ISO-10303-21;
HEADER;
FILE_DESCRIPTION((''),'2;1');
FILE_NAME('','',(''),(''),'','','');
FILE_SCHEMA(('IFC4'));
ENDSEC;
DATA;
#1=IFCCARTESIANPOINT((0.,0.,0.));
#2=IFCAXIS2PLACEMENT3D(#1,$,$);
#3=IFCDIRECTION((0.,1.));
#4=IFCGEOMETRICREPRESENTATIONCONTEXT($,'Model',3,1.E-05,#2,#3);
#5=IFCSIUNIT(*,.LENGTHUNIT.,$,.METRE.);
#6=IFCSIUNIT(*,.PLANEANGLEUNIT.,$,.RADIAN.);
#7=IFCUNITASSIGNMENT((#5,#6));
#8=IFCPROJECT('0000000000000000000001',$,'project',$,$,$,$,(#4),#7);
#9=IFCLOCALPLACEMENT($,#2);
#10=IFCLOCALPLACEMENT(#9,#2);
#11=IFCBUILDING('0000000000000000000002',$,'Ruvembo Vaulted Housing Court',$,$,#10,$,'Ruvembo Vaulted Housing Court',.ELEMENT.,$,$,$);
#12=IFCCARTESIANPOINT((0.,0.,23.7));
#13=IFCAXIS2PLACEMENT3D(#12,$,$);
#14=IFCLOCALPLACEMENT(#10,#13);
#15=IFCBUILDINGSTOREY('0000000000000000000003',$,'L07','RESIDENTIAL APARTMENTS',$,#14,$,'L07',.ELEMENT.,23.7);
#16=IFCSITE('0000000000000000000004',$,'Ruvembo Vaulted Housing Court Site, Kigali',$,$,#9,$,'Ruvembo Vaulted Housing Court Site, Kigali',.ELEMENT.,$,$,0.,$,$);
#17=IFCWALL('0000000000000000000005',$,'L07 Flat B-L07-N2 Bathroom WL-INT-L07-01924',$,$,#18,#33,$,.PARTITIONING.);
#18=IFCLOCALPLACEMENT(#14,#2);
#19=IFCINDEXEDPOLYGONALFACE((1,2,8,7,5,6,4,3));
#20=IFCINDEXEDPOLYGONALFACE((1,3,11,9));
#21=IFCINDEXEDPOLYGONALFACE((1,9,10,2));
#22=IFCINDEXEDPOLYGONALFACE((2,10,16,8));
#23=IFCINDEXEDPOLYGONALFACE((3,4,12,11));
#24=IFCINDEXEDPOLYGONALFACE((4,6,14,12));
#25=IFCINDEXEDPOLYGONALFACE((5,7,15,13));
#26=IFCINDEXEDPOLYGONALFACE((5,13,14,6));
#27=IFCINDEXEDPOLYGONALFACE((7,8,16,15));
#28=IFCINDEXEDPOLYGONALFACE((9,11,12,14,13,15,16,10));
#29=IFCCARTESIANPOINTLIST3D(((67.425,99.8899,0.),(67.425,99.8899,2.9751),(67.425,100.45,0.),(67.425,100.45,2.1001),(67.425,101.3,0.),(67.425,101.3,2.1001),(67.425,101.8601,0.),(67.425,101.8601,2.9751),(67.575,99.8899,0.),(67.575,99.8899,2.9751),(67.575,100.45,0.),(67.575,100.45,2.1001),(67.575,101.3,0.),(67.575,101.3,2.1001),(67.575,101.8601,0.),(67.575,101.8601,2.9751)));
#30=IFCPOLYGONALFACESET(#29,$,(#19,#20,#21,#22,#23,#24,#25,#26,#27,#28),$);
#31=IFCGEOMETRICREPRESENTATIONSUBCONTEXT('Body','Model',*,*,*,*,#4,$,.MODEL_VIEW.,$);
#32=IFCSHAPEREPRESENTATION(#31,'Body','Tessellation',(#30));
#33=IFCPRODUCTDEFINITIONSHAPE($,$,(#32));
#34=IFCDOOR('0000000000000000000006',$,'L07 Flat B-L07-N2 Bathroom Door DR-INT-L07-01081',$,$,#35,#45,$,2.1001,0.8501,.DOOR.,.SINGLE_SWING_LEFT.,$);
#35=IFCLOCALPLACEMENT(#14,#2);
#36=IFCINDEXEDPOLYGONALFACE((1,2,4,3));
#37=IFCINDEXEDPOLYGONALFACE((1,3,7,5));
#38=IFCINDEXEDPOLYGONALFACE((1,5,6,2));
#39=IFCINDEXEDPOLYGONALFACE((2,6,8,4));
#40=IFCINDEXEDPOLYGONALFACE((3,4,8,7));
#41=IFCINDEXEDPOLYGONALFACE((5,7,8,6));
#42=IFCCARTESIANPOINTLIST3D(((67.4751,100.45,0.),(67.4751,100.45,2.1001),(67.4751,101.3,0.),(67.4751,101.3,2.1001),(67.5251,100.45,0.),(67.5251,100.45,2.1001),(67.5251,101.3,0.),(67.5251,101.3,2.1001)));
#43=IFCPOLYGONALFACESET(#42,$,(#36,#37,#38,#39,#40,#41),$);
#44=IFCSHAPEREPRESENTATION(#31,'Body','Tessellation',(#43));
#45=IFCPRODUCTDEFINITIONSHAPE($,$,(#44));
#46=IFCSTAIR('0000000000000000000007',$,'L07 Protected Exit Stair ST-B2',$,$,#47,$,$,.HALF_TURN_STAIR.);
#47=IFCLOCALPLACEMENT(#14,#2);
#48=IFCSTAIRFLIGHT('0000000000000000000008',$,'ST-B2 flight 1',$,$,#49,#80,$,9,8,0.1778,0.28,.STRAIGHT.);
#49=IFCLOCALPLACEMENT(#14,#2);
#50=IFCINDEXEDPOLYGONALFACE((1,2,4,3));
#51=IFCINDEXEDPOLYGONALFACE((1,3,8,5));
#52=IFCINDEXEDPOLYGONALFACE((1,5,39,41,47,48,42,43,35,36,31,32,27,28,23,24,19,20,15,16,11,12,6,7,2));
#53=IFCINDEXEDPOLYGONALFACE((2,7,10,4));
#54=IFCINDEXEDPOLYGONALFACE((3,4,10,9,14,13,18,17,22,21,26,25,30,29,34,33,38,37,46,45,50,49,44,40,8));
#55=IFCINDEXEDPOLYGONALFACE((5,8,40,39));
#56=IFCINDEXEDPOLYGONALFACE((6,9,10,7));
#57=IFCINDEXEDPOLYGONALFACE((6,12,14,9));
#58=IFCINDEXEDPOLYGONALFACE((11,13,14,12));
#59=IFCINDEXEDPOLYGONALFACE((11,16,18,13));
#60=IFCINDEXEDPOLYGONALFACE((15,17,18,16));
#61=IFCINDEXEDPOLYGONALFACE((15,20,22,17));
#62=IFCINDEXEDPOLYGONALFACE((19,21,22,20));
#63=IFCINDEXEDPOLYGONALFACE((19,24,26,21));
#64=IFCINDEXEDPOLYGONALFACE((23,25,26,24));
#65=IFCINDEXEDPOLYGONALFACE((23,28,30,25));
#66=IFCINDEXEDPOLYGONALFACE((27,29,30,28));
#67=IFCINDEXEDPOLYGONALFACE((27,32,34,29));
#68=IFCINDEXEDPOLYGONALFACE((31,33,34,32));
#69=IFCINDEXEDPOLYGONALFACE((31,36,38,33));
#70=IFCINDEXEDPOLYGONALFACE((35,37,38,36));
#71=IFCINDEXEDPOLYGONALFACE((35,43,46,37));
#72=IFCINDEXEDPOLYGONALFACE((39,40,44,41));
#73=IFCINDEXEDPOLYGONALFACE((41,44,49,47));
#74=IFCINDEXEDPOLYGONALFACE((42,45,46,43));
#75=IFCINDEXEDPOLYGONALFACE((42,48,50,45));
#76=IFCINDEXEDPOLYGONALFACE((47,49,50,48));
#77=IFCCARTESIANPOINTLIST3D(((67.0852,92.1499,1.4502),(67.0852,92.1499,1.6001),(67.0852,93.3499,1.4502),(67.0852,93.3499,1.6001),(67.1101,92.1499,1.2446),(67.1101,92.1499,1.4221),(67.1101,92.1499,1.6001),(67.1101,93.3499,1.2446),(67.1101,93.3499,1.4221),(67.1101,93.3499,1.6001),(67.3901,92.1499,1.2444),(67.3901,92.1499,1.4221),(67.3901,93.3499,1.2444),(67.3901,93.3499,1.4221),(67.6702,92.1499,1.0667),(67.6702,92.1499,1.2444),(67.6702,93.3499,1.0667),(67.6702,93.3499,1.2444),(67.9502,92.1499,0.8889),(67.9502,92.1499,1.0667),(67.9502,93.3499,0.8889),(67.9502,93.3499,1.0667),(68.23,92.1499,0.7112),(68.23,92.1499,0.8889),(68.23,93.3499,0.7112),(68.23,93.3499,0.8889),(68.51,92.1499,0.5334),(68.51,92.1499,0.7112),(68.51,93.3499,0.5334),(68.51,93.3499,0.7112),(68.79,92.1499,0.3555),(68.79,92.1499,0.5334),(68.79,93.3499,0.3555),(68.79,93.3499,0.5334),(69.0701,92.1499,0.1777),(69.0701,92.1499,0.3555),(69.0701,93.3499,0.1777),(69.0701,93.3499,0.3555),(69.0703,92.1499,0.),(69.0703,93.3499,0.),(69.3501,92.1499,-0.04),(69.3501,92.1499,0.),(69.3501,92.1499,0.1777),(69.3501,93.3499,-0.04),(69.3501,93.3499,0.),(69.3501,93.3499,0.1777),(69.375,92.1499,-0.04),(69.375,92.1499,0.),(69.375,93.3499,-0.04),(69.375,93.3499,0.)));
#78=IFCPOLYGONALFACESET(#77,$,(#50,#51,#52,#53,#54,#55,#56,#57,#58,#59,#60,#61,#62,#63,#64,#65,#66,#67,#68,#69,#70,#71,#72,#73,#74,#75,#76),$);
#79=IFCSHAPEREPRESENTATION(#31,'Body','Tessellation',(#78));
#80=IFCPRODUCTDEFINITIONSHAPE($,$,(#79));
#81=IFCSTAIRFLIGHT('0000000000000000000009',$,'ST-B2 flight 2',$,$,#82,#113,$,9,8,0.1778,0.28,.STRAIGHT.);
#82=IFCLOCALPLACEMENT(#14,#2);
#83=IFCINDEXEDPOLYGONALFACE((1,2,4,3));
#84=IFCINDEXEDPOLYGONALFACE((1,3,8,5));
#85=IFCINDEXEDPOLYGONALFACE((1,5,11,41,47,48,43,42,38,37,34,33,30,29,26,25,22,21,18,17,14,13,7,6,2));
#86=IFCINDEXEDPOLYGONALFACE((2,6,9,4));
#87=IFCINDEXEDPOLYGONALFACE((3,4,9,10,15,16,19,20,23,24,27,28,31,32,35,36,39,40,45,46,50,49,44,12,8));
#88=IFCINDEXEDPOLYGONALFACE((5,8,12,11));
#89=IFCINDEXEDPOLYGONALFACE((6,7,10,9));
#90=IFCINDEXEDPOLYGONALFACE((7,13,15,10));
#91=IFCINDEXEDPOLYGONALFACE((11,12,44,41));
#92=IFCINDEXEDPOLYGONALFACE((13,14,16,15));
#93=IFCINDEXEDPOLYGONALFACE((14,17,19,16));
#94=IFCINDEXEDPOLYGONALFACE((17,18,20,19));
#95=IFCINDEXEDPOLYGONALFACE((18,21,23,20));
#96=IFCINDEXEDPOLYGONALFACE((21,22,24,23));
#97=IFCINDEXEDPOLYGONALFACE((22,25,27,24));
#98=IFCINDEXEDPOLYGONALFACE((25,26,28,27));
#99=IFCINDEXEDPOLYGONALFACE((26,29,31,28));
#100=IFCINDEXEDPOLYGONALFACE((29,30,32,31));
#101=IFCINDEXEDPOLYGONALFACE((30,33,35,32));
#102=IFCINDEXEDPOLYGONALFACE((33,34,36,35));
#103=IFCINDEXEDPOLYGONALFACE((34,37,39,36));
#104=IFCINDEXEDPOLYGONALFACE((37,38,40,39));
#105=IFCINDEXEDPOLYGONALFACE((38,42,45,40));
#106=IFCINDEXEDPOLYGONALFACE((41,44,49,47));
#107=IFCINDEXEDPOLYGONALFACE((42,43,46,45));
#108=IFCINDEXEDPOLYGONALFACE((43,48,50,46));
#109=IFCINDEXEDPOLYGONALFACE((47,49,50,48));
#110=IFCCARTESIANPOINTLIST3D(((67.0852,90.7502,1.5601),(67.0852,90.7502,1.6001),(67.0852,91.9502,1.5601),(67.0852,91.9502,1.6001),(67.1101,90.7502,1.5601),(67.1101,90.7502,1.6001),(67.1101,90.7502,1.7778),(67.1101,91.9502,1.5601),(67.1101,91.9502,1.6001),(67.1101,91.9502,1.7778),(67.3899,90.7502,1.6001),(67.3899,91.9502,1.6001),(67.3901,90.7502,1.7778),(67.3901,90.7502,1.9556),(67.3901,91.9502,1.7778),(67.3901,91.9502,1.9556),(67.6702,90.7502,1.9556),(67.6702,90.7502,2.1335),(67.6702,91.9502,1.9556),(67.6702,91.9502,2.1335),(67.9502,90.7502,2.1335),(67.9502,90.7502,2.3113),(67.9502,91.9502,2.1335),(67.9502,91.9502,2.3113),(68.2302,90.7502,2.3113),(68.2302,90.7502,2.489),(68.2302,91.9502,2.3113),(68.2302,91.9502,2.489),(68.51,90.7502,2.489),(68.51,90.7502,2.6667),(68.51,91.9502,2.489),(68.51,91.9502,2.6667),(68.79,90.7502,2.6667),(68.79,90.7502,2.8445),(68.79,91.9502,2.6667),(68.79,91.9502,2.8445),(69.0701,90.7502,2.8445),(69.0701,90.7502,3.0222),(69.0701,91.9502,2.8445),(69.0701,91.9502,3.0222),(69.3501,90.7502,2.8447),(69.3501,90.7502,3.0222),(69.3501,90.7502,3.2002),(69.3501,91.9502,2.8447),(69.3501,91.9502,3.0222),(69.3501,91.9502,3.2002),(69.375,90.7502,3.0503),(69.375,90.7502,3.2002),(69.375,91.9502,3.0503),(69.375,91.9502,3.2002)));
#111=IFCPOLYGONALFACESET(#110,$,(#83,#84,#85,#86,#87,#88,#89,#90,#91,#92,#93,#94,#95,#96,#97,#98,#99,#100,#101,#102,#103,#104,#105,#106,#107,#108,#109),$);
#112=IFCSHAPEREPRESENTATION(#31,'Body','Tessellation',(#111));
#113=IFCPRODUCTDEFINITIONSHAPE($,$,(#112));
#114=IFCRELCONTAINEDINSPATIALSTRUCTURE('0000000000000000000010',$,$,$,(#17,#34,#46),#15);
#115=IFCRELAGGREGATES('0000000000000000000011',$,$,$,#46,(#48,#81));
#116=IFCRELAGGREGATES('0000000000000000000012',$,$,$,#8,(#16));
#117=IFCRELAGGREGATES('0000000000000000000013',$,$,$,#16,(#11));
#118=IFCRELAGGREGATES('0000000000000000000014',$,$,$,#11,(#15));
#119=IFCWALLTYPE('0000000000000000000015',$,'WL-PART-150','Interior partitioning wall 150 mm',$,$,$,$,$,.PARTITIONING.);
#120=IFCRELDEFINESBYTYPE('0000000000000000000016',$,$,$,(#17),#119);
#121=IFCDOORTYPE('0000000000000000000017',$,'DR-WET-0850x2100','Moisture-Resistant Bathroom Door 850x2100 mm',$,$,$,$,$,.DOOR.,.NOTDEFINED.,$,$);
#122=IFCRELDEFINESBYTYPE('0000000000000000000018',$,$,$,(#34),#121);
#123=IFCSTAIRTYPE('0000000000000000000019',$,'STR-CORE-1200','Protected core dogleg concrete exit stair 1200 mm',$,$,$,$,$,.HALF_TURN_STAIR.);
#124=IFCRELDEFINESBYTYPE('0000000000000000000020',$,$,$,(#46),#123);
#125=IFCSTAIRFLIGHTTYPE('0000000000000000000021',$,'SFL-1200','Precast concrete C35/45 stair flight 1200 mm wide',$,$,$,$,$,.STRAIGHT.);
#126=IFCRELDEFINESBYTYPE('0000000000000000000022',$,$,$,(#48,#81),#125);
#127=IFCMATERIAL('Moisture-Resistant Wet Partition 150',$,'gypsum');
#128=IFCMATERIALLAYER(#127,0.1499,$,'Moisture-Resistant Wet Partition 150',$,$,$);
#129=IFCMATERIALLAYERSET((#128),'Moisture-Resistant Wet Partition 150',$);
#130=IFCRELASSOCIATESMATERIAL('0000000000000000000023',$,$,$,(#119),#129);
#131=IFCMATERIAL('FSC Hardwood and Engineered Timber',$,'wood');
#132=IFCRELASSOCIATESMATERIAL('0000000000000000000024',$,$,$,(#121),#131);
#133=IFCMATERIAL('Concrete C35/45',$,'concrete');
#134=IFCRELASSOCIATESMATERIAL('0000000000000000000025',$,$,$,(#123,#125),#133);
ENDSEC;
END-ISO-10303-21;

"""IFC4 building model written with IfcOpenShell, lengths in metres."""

from ifc_helpers import new_model, si_unit, direction, frame, frame_2d, origin, place, context, subcontext, project, spatial, polyline, rectangle, outline, extrude, material, layer, layer_set, type_object, element, fill, aggregate, save


model = new_model("IFC4")

# Units and contexts
model_context = context("Model", 3, precision=1e-05, world=origin(), true_north=direction((0.0, 1.0)))
body_context = subcontext(model_context, "Body", "Model", "MODEL_VIEW")
ifc_project = project(units=[si_unit("LENGTHUNIT", "METRE"), si_unit("PLANEANGLEUNIT", "RADIAN")], contexts=[model_context])

# Site, building, storey
site_placement = place(None, origin())
site = spatial("IfcSite", under=ifc_project, at=site_placement, Name="Ruvembo Vaulted Housing Court Site, Kigali", LongName="Ruvembo Vaulted Housing Court Site, Kigali", CompositionType="ELEMENT", RefElevation=0.0)
building_placement = place(site_placement, origin())
building = spatial("IfcBuilding", under=site, at=building_placement, Name="Ruvembo Vaulted Housing Court", LongName="Ruvembo Vaulted Housing Court", CompositionType="ELEMENT")
storey_placement = place(building_placement, frame((0.0, 0.0, 23.7)))
storey = spatial("IfcBuildingStorey", under=building, at=storey_placement, Name="L07", Description="RESIDENTIAL APARTMENTS", LongName="L07", CompositionType="ELEMENT", Elevation=23.7)

# Shared definitions
ifc_material_1 = material(Name="Concrete C35/45", Category="concrete")

# Shared definitions
ifc_material_2 = material(Name="FSC Hardwood and Engineered Timber", Category="wood")

# Wall, opening, door
ifc_material_3 = material(Name="Moisture-Resistant Wet Partition 150", Category="gypsum")
ifc_layer_1 = layer(ifc_material_3, 0.1499, Name="Moisture-Resistant Wet Partition 150")
ifc_layer_set_1 = layer_set([ifc_layer_1], Name="Moisture-Resistant Wet Partition 150")
wall_type_1 = type_object("IfcWallType", Name="WL-PART-150", Description="Interior partitioning wall 150 mm", PredefinedType="PARTITIONING", material=ifc_layer_set_1)
wall_1_placement = place(storey_placement, frame((67.5, 99.8899, 0.0), z_axis=(0.0, 0.0, 1.0), x_axis=(0.0, 1.0, 0.0)))
wall_1 = element("IfcWall", 1, at=wall_1_placement, inside=storey, type_object=wall_type_1, Name="L07 Flat B-L07-N2 Bathroom WL-INT-L07-01924", PredefinedType="PARTITIONING", context=body_context, shape_type="SweptSolid", body=[
    extrude(rectangle(XDim=1.9702, YDim=0.1499, at=frame_2d((0.9851, 0.0))), origin(), (0.0, 0.0, 1.0), 2.9751),
])
opening_1_placement = place(wall_1_placement, frame((0.5601, 0.0, 0.0)))
opening_1 = element("IfcOpeningElement", 2, at=opening_1_placement, cuts=wall_1, PredefinedType="OPENING", context=body_context, shape_type="SweptSolid", body=[
    extrude(rectangle(XDim=0.8501, YDim=2.1001, at=frame_2d((0.425, 1.05))), frame((0.0, 0.085, 0.0), z_axis=(0.0, -1.0, 0.0), x_axis=(1.0, 0.0, 0.0)), (0.0, 0.0, 1.0), 0.1699),
])
door_type_1 = type_object("IfcDoorType", Name="DR-WET-0850x2100", Description="Moisture-Resistant Bathroom Door 850x2100 mm", OperationType="NOTDEFINED", PredefinedType="DOOR", material=ifc_material_2)
door_1_placement = place(opening_1_placement, origin())
door_1 = element("IfcDoor", 3, at=door_1_placement, inside=storey, type_object=door_type_1, Name="L07 Flat B-L07-N2 Bathroom Door DR-INT-L07-01081", OperationType="SINGLE_SWING_LEFT", OverallHeight=2.1001, OverallWidth=0.8501, PredefinedType="DOOR", context=body_context, shape_type="SweptSolid", body=[
    extrude(rectangle(XDim=0.8501, YDim=2.1001, at=frame_2d((0.425, 1.05))), frame((0.0, 0.0249, 0.0), z_axis=(0.0, -1.0, 0.0), x_axis=(1.0, 0.0, 0.0)), (0.0, 0.0, 1.0), 0.05),
])
fill(opening_1, door_1)

# Stair, stair flights
stair_type = type_object("IfcStairType", Name="STR-CORE-1200", Description="Protected core dogleg concrete exit stair 1200 mm", PredefinedType="HALF_TURN_STAIR", material=ifc_material_1)
stair_placement = place(storey_placement, origin())
stair = element("IfcStair", 4, at=stair_placement, inside=storey, type_object=stair_type, Name="L07 Protected Exit Stair ST-B2", PredefinedType="HALF_TURN_STAIR")
stair_flight_type = type_object("IfcStairFlightType", Name="SFL-1200", Description="Precast concrete C35/45 stair flight 1200 mm wide", PredefinedType="STRAIGHT", material=ifc_material_1)
stair_flight_1_placement = place(storey_placement, frame((69.3501, 92.75, 0.0), z_axis=(0.0, 0.0, 1.0), x_axis=(-1.0, 0.0, 0.0)))
stair_flight_1 = element("IfcStairFlight", 5, at=stair_flight_1_placement, type_object=stair_flight_type, Name="ST-B2 flight 1", NumberOfRisers=9, NumberOfTreads=8, PredefinedType="STRAIGHT", RiserHeight=0.1778, TreadLength=0.28, context=body_context, shape_type="SweptSolid", body=[
    extrude(outline(polyline([(-0.0249, -0.04), (-0.0249, 0.0), (0.0, 0.0), (0.0, 0.1777), (0.28, 0.1777), (0.28, 0.3555), (0.5601, 0.3555), (0.5601, 0.5334), (0.8401, 0.5334), (0.8401, 0.7112), (1.1201, 0.7112), (1.1201, 0.8889), (1.3999, 0.8889), (1.3999, 1.0667), (1.6799, 1.0667), (1.6799, 1.2444), (1.96, 1.2444), (1.96, 1.4221), (2.24, 1.4221), (2.24, 1.6001), (2.2649, 1.6001), (2.2649, 1.4502), (2.24, 1.2446), (0.2798, 0.0), (0.0, -0.04), (-0.0249, -0.04)])), frame((0.0, 0.6001, 0.0), z_axis=(0.0, -1.0, 0.0), x_axis=(1.0, 0.0, 0.0)), (0.0, 0.0, 1.0), 1.2),
])
stair_flight_2_placement = place(storey_placement, frame((67.1101, 91.3501, 1.6001), z_axis=(0.0, 0.0, 1.0), x_axis=(1.0, 0.0, 0.0)))
stair_flight_2 = element("IfcStairFlight", 6, at=stair_flight_2_placement, type_object=stair_flight_type, Name="ST-B2 flight 2", NumberOfRisers=9, NumberOfTreads=8, PredefinedType="STRAIGHT", RiserHeight=0.1778, TreadLength=0.28, context=body_context, shape_type="SweptSolid", body=[
    extrude(outline(polyline([(-0.0249, -0.04), (-0.0249, 0.0), (0.0, 0.0), (0.0, 0.1777), (0.28, 0.1777), (0.28, 0.3555), (0.5601, 0.3555), (0.5601, 0.5334), (0.8401, 0.5334), (0.8401, 0.7112), (1.1201, 0.7112), (1.1201, 0.8889), (1.3999, 0.8889), (1.3999, 1.0667), (1.6799, 1.0667), (1.6799, 1.2444), (1.96, 1.2444), (1.96, 1.4221), (2.24, 1.4221), (2.24, 1.6001), (2.2649, 1.6001), (2.2649, 1.4502), (2.24, 1.2446), (0.2798, 0.0), (0.0, -0.04), (-0.0249, -0.04)])), frame((0.0, 0.6001, 0.0), z_axis=(0.0, -1.0, 0.0), x_axis=(1.0, 0.0, 0.0)), (0.0, 0.0, 1.0), 1.2),
])
aggregate(stair, [stair_flight_1, stair_flight_2])

save(model, "model.ifc")
